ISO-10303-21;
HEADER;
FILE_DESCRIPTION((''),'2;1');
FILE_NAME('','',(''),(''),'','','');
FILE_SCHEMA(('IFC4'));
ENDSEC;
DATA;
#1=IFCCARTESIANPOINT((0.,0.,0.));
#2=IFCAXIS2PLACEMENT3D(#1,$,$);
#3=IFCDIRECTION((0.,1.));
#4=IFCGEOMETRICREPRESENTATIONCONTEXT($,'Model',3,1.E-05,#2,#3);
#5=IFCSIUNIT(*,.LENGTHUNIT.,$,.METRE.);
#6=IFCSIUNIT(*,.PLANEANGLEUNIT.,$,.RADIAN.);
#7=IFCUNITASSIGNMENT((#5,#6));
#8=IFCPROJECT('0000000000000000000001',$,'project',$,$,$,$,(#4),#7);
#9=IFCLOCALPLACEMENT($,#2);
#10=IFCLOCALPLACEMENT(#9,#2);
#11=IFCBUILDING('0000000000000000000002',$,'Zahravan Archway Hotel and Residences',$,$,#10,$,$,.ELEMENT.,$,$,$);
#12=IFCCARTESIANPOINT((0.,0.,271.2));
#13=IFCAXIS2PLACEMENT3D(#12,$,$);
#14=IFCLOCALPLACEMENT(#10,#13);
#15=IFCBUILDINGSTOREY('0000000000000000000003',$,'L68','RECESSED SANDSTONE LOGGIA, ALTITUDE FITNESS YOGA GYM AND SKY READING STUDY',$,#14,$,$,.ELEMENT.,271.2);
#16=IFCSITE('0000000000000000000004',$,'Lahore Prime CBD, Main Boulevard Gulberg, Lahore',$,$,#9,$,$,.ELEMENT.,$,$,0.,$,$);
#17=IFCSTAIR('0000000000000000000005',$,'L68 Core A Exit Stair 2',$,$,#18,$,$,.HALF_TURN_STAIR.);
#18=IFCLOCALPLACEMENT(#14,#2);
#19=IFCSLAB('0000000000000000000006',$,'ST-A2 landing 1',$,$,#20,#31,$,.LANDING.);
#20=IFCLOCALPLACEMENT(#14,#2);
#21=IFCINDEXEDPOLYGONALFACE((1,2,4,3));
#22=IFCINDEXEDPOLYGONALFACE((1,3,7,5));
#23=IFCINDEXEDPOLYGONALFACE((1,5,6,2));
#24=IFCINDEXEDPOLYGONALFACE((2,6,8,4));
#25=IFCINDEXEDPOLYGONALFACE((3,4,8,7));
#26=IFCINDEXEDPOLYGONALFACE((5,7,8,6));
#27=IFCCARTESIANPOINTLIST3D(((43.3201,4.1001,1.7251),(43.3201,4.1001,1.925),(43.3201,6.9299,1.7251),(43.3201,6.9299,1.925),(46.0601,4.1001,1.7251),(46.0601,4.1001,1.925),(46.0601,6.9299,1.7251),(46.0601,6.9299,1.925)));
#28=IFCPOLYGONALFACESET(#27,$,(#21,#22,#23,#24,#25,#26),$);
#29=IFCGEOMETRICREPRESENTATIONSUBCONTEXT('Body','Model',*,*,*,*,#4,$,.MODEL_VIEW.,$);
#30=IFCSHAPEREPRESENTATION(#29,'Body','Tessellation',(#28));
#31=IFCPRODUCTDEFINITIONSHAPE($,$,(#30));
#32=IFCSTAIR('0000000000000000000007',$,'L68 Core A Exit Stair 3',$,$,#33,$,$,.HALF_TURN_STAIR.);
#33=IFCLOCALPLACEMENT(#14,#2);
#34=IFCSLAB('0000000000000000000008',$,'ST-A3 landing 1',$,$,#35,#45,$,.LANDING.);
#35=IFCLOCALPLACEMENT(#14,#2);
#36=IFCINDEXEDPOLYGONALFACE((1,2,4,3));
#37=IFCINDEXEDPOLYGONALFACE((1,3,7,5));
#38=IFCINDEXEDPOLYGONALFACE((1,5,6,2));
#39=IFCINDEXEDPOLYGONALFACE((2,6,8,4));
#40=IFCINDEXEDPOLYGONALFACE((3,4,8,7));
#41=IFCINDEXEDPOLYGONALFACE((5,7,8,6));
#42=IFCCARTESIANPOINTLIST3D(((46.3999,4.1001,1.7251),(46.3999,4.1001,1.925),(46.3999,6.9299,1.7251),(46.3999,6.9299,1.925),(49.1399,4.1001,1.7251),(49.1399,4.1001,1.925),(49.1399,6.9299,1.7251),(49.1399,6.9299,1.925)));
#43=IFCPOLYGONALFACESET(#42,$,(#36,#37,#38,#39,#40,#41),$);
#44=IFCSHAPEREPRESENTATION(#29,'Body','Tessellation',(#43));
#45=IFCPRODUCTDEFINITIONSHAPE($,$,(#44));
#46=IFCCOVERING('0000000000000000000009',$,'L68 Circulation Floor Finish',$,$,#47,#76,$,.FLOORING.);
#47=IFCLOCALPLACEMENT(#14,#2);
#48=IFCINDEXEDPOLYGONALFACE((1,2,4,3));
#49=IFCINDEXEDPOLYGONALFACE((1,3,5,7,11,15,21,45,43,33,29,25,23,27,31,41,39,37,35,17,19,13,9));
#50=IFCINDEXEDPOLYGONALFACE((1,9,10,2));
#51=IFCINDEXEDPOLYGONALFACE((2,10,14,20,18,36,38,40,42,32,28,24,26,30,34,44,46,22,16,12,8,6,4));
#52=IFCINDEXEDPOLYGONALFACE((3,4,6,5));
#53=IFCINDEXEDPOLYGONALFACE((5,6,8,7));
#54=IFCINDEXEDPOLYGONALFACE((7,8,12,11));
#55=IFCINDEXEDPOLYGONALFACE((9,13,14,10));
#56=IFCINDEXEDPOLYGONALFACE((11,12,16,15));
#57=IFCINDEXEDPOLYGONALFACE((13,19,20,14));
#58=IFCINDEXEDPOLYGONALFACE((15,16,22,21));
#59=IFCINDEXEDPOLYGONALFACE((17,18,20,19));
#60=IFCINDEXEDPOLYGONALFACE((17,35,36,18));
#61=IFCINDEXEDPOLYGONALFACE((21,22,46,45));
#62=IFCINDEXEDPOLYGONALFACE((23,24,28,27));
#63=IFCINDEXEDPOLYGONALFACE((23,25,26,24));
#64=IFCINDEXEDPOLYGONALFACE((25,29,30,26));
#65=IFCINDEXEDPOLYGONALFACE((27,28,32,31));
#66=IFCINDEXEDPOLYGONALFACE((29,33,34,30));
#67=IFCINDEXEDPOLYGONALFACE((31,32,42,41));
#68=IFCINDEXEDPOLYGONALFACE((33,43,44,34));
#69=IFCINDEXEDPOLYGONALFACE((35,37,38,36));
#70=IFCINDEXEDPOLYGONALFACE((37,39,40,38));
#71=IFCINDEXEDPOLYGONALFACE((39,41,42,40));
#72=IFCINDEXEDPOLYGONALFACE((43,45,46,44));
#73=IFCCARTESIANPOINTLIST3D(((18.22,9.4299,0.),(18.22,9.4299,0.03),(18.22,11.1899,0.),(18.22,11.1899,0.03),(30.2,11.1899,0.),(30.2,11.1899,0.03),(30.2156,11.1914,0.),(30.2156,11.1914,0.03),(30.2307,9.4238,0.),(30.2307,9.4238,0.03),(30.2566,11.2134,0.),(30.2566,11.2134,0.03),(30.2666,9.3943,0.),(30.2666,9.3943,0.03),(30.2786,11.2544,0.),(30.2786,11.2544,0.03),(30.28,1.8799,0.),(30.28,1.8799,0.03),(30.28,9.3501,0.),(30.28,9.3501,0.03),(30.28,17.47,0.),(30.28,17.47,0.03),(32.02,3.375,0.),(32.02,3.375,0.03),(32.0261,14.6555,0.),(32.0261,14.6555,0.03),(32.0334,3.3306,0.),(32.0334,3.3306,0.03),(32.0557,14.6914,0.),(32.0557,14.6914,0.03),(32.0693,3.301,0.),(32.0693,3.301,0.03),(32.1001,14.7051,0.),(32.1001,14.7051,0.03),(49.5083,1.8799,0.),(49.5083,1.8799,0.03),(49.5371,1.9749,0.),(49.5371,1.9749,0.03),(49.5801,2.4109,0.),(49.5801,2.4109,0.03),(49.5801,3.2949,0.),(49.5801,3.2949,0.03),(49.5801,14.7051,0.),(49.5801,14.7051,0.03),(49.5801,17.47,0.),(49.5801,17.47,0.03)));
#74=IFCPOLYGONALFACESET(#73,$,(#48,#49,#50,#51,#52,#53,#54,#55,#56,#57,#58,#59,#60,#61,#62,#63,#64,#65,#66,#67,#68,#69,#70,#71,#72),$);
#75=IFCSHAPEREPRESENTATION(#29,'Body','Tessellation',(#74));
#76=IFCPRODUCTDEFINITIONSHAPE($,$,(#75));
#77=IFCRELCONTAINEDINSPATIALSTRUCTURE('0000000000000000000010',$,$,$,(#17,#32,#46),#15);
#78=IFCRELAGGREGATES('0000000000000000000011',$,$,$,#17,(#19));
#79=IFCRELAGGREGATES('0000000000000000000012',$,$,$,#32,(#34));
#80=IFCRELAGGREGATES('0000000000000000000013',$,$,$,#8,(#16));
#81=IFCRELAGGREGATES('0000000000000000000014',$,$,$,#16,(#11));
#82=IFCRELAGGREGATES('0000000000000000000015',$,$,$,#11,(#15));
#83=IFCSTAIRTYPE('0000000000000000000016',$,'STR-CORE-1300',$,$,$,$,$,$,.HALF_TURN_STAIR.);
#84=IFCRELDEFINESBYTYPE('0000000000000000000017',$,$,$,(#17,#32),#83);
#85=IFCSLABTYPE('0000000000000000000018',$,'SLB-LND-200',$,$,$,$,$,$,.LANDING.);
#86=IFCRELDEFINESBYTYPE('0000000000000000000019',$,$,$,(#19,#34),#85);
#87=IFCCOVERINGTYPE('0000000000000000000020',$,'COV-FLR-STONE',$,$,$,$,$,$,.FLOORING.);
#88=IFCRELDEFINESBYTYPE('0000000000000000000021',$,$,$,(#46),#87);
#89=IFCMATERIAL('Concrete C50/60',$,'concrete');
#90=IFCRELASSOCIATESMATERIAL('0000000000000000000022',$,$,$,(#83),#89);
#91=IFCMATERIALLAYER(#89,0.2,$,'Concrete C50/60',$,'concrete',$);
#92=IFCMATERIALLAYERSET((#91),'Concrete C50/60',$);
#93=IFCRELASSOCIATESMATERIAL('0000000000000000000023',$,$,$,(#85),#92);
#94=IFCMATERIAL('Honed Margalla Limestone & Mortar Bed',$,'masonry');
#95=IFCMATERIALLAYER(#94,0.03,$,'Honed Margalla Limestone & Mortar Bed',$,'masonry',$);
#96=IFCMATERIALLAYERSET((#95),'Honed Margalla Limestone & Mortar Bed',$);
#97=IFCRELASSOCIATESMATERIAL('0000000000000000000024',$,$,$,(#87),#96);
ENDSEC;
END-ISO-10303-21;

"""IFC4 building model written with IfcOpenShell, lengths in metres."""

from ifc_helpers import new_model, si_unit, direction, frame, origin, place, context, subcontext, project, spatial, polyline, outline, extrude, material, layer, layer_set, type_object, element, aggregate, save


model = new_model("IFC4")

# Units and contexts
model_context = context("Model", 3, precision=1e-05, world=origin(), true_north=direction((0.0, 1.0)))
body_context = subcontext(model_context, "Body", "Model", "MODEL_VIEW")
ifc_project = project(units=[si_unit("LENGTHUNIT", "METRE"), si_unit("PLANEANGLEUNIT", "RADIAN")], contexts=[model_context])

# Site, building, storey
site_placement = place(None, origin())
site = spatial("IfcSite", under=ifc_project, at=site_placement, Name="Lahore Prime CBD, Main Boulevard Gulberg, Lahore", CompositionType="ELEMENT", RefElevation=0.0)
building_placement = place(site_placement, origin())
building = spatial("IfcBuilding", under=site, at=building_placement, Name="Zahravan Archway Hotel and Residences", CompositionType="ELEMENT")
storey_placement = place(building_placement, frame((0.0, 0.0, 271.2)))
storey = spatial("IfcBuildingStorey", under=building, at=storey_placement, Name="L68", Description="RECESSED SANDSTONE LOGGIA, ALTITUDE FITNESS YOGA GYM AND SKY READING STUDY", CompositionType="ELEMENT", Elevation=271.2)

# Stairs, slabs
ifc_material_1 = material(Name="Concrete C50/60", Category="concrete")
stair_type = type_object("IfcStairType", Name="STR-CORE-1300", PredefinedType="HALF_TURN_STAIR", material=ifc_material_1)
ifc_layer_1 = layer(ifc_material_1, 0.2, Name="Concrete C50/60", Category="concrete")
ifc_layer_set_1 = layer_set([ifc_layer_1], Name="Concrete C50/60")
slab_type_1 = type_object("IfcSlabType", Name="SLB-LND-200", PredefinedType="LANDING", material=ifc_layer_set_1)
stair_1_placement = place(storey_placement, origin())
stair_1 = element("IfcStair", 1, at=stair_1_placement, inside=storey, type_object=stair_type, Name="L68 Core A Exit Stair 2", PredefinedType="HALF_TURN_STAIR")
slab_1_placement = place(storey_placement, frame((0.0, 0.0, 1.7251)))
slab_1 = element("IfcSlab", 2, at=slab_1_placement, type_object=slab_type_1, Name="ST-A2 landing 1", PredefinedType="LANDING", context=body_context, shape_type="SweptSolid", body=[
    extrude(outline(polyline([(43.3201, 6.9299), (43.3201, 4.1001), (46.0601, 4.1001), (46.0601, 6.9299), (43.3201, 6.9299)])), origin(), (0.0, 0.0, 1.0), 0.2),
])
aggregate(stair_1, [slab_1])
stair_2_placement = place(storey_placement, origin())
stair_2 = element("IfcStair", 3, at=stair_2_placement, inside=storey, type_object=stair_type, Name="L68 Core A Exit Stair 3", PredefinedType="HALF_TURN_STAIR")
slab_2_placement = place(storey_placement, frame((0.0, 0.0, 1.7251)))
slab_2 = element("IfcSlab", 4, at=slab_2_placement, type_object=slab_type_1, Name="ST-A3 landing 1", PredefinedType="LANDING", context=body_context, shape_type="SweptSolid", body=[
    extrude(outline(polyline([(46.3999, 6.9299), (46.3999, 4.1001), (49.1399, 4.1001), (49.1399, 6.9299), (46.3999, 6.9299)])), origin(), (0.0, 0.0, 1.0), 0.2),
])
aggregate(stair_2, [slab_2])

# Covering
ifc_material_2 = material(Name="Honed Margalla Limestone & Mortar Bed", Category="masonry")
ifc_layer_2 = layer(ifc_material_2, 0.03, Name="Honed Margalla Limestone & Mortar Bed", Category="masonry")
ifc_layer_set_2 = layer_set([ifc_layer_2], Name="Honed Margalla Limestone & Mortar Bed")
covering_type = type_object("IfcCoveringType", Name="COV-FLR-STONE", PredefinedType="FLOORING", material=ifc_layer_set_2)
covering_placement = place(storey_placement, origin())
element("IfcCovering", 5, at=covering_placement, inside=storey, type_object=covering_type, Name="L68 Circulation Floor Finish", PredefinedType="FLOORING", context=body_context, shape_type="SweptSolid", body=[
    extrude(outline(polyline([(30.2156, 11.1914), (30.2566, 11.2134), (30.2786, 11.2544), (30.28, 17.47), (49.5801, 17.47), (49.5801, 14.7051), (32.1001, 14.7051), (32.0557, 14.6914), (32.0261, 14.6555), (32.02, 3.375), (32.0334, 3.3306), (32.0693, 3.301), (49.5801, 3.2949), (49.5801, 2.4109), (49.5371, 1.9749), (49.5083, 1.8799), (30.28, 1.8799), (30.28, 9.3501), (30.2666, 9.3943), (30.2307, 9.4238), (18.22, 9.4299), (18.22, 11.1899), (30.2, 11.1899), (30.2156, 11.1914)])), origin(), (0.0, 0.0, 1.0), 0.03),
])

save(model, "model.ifc")
